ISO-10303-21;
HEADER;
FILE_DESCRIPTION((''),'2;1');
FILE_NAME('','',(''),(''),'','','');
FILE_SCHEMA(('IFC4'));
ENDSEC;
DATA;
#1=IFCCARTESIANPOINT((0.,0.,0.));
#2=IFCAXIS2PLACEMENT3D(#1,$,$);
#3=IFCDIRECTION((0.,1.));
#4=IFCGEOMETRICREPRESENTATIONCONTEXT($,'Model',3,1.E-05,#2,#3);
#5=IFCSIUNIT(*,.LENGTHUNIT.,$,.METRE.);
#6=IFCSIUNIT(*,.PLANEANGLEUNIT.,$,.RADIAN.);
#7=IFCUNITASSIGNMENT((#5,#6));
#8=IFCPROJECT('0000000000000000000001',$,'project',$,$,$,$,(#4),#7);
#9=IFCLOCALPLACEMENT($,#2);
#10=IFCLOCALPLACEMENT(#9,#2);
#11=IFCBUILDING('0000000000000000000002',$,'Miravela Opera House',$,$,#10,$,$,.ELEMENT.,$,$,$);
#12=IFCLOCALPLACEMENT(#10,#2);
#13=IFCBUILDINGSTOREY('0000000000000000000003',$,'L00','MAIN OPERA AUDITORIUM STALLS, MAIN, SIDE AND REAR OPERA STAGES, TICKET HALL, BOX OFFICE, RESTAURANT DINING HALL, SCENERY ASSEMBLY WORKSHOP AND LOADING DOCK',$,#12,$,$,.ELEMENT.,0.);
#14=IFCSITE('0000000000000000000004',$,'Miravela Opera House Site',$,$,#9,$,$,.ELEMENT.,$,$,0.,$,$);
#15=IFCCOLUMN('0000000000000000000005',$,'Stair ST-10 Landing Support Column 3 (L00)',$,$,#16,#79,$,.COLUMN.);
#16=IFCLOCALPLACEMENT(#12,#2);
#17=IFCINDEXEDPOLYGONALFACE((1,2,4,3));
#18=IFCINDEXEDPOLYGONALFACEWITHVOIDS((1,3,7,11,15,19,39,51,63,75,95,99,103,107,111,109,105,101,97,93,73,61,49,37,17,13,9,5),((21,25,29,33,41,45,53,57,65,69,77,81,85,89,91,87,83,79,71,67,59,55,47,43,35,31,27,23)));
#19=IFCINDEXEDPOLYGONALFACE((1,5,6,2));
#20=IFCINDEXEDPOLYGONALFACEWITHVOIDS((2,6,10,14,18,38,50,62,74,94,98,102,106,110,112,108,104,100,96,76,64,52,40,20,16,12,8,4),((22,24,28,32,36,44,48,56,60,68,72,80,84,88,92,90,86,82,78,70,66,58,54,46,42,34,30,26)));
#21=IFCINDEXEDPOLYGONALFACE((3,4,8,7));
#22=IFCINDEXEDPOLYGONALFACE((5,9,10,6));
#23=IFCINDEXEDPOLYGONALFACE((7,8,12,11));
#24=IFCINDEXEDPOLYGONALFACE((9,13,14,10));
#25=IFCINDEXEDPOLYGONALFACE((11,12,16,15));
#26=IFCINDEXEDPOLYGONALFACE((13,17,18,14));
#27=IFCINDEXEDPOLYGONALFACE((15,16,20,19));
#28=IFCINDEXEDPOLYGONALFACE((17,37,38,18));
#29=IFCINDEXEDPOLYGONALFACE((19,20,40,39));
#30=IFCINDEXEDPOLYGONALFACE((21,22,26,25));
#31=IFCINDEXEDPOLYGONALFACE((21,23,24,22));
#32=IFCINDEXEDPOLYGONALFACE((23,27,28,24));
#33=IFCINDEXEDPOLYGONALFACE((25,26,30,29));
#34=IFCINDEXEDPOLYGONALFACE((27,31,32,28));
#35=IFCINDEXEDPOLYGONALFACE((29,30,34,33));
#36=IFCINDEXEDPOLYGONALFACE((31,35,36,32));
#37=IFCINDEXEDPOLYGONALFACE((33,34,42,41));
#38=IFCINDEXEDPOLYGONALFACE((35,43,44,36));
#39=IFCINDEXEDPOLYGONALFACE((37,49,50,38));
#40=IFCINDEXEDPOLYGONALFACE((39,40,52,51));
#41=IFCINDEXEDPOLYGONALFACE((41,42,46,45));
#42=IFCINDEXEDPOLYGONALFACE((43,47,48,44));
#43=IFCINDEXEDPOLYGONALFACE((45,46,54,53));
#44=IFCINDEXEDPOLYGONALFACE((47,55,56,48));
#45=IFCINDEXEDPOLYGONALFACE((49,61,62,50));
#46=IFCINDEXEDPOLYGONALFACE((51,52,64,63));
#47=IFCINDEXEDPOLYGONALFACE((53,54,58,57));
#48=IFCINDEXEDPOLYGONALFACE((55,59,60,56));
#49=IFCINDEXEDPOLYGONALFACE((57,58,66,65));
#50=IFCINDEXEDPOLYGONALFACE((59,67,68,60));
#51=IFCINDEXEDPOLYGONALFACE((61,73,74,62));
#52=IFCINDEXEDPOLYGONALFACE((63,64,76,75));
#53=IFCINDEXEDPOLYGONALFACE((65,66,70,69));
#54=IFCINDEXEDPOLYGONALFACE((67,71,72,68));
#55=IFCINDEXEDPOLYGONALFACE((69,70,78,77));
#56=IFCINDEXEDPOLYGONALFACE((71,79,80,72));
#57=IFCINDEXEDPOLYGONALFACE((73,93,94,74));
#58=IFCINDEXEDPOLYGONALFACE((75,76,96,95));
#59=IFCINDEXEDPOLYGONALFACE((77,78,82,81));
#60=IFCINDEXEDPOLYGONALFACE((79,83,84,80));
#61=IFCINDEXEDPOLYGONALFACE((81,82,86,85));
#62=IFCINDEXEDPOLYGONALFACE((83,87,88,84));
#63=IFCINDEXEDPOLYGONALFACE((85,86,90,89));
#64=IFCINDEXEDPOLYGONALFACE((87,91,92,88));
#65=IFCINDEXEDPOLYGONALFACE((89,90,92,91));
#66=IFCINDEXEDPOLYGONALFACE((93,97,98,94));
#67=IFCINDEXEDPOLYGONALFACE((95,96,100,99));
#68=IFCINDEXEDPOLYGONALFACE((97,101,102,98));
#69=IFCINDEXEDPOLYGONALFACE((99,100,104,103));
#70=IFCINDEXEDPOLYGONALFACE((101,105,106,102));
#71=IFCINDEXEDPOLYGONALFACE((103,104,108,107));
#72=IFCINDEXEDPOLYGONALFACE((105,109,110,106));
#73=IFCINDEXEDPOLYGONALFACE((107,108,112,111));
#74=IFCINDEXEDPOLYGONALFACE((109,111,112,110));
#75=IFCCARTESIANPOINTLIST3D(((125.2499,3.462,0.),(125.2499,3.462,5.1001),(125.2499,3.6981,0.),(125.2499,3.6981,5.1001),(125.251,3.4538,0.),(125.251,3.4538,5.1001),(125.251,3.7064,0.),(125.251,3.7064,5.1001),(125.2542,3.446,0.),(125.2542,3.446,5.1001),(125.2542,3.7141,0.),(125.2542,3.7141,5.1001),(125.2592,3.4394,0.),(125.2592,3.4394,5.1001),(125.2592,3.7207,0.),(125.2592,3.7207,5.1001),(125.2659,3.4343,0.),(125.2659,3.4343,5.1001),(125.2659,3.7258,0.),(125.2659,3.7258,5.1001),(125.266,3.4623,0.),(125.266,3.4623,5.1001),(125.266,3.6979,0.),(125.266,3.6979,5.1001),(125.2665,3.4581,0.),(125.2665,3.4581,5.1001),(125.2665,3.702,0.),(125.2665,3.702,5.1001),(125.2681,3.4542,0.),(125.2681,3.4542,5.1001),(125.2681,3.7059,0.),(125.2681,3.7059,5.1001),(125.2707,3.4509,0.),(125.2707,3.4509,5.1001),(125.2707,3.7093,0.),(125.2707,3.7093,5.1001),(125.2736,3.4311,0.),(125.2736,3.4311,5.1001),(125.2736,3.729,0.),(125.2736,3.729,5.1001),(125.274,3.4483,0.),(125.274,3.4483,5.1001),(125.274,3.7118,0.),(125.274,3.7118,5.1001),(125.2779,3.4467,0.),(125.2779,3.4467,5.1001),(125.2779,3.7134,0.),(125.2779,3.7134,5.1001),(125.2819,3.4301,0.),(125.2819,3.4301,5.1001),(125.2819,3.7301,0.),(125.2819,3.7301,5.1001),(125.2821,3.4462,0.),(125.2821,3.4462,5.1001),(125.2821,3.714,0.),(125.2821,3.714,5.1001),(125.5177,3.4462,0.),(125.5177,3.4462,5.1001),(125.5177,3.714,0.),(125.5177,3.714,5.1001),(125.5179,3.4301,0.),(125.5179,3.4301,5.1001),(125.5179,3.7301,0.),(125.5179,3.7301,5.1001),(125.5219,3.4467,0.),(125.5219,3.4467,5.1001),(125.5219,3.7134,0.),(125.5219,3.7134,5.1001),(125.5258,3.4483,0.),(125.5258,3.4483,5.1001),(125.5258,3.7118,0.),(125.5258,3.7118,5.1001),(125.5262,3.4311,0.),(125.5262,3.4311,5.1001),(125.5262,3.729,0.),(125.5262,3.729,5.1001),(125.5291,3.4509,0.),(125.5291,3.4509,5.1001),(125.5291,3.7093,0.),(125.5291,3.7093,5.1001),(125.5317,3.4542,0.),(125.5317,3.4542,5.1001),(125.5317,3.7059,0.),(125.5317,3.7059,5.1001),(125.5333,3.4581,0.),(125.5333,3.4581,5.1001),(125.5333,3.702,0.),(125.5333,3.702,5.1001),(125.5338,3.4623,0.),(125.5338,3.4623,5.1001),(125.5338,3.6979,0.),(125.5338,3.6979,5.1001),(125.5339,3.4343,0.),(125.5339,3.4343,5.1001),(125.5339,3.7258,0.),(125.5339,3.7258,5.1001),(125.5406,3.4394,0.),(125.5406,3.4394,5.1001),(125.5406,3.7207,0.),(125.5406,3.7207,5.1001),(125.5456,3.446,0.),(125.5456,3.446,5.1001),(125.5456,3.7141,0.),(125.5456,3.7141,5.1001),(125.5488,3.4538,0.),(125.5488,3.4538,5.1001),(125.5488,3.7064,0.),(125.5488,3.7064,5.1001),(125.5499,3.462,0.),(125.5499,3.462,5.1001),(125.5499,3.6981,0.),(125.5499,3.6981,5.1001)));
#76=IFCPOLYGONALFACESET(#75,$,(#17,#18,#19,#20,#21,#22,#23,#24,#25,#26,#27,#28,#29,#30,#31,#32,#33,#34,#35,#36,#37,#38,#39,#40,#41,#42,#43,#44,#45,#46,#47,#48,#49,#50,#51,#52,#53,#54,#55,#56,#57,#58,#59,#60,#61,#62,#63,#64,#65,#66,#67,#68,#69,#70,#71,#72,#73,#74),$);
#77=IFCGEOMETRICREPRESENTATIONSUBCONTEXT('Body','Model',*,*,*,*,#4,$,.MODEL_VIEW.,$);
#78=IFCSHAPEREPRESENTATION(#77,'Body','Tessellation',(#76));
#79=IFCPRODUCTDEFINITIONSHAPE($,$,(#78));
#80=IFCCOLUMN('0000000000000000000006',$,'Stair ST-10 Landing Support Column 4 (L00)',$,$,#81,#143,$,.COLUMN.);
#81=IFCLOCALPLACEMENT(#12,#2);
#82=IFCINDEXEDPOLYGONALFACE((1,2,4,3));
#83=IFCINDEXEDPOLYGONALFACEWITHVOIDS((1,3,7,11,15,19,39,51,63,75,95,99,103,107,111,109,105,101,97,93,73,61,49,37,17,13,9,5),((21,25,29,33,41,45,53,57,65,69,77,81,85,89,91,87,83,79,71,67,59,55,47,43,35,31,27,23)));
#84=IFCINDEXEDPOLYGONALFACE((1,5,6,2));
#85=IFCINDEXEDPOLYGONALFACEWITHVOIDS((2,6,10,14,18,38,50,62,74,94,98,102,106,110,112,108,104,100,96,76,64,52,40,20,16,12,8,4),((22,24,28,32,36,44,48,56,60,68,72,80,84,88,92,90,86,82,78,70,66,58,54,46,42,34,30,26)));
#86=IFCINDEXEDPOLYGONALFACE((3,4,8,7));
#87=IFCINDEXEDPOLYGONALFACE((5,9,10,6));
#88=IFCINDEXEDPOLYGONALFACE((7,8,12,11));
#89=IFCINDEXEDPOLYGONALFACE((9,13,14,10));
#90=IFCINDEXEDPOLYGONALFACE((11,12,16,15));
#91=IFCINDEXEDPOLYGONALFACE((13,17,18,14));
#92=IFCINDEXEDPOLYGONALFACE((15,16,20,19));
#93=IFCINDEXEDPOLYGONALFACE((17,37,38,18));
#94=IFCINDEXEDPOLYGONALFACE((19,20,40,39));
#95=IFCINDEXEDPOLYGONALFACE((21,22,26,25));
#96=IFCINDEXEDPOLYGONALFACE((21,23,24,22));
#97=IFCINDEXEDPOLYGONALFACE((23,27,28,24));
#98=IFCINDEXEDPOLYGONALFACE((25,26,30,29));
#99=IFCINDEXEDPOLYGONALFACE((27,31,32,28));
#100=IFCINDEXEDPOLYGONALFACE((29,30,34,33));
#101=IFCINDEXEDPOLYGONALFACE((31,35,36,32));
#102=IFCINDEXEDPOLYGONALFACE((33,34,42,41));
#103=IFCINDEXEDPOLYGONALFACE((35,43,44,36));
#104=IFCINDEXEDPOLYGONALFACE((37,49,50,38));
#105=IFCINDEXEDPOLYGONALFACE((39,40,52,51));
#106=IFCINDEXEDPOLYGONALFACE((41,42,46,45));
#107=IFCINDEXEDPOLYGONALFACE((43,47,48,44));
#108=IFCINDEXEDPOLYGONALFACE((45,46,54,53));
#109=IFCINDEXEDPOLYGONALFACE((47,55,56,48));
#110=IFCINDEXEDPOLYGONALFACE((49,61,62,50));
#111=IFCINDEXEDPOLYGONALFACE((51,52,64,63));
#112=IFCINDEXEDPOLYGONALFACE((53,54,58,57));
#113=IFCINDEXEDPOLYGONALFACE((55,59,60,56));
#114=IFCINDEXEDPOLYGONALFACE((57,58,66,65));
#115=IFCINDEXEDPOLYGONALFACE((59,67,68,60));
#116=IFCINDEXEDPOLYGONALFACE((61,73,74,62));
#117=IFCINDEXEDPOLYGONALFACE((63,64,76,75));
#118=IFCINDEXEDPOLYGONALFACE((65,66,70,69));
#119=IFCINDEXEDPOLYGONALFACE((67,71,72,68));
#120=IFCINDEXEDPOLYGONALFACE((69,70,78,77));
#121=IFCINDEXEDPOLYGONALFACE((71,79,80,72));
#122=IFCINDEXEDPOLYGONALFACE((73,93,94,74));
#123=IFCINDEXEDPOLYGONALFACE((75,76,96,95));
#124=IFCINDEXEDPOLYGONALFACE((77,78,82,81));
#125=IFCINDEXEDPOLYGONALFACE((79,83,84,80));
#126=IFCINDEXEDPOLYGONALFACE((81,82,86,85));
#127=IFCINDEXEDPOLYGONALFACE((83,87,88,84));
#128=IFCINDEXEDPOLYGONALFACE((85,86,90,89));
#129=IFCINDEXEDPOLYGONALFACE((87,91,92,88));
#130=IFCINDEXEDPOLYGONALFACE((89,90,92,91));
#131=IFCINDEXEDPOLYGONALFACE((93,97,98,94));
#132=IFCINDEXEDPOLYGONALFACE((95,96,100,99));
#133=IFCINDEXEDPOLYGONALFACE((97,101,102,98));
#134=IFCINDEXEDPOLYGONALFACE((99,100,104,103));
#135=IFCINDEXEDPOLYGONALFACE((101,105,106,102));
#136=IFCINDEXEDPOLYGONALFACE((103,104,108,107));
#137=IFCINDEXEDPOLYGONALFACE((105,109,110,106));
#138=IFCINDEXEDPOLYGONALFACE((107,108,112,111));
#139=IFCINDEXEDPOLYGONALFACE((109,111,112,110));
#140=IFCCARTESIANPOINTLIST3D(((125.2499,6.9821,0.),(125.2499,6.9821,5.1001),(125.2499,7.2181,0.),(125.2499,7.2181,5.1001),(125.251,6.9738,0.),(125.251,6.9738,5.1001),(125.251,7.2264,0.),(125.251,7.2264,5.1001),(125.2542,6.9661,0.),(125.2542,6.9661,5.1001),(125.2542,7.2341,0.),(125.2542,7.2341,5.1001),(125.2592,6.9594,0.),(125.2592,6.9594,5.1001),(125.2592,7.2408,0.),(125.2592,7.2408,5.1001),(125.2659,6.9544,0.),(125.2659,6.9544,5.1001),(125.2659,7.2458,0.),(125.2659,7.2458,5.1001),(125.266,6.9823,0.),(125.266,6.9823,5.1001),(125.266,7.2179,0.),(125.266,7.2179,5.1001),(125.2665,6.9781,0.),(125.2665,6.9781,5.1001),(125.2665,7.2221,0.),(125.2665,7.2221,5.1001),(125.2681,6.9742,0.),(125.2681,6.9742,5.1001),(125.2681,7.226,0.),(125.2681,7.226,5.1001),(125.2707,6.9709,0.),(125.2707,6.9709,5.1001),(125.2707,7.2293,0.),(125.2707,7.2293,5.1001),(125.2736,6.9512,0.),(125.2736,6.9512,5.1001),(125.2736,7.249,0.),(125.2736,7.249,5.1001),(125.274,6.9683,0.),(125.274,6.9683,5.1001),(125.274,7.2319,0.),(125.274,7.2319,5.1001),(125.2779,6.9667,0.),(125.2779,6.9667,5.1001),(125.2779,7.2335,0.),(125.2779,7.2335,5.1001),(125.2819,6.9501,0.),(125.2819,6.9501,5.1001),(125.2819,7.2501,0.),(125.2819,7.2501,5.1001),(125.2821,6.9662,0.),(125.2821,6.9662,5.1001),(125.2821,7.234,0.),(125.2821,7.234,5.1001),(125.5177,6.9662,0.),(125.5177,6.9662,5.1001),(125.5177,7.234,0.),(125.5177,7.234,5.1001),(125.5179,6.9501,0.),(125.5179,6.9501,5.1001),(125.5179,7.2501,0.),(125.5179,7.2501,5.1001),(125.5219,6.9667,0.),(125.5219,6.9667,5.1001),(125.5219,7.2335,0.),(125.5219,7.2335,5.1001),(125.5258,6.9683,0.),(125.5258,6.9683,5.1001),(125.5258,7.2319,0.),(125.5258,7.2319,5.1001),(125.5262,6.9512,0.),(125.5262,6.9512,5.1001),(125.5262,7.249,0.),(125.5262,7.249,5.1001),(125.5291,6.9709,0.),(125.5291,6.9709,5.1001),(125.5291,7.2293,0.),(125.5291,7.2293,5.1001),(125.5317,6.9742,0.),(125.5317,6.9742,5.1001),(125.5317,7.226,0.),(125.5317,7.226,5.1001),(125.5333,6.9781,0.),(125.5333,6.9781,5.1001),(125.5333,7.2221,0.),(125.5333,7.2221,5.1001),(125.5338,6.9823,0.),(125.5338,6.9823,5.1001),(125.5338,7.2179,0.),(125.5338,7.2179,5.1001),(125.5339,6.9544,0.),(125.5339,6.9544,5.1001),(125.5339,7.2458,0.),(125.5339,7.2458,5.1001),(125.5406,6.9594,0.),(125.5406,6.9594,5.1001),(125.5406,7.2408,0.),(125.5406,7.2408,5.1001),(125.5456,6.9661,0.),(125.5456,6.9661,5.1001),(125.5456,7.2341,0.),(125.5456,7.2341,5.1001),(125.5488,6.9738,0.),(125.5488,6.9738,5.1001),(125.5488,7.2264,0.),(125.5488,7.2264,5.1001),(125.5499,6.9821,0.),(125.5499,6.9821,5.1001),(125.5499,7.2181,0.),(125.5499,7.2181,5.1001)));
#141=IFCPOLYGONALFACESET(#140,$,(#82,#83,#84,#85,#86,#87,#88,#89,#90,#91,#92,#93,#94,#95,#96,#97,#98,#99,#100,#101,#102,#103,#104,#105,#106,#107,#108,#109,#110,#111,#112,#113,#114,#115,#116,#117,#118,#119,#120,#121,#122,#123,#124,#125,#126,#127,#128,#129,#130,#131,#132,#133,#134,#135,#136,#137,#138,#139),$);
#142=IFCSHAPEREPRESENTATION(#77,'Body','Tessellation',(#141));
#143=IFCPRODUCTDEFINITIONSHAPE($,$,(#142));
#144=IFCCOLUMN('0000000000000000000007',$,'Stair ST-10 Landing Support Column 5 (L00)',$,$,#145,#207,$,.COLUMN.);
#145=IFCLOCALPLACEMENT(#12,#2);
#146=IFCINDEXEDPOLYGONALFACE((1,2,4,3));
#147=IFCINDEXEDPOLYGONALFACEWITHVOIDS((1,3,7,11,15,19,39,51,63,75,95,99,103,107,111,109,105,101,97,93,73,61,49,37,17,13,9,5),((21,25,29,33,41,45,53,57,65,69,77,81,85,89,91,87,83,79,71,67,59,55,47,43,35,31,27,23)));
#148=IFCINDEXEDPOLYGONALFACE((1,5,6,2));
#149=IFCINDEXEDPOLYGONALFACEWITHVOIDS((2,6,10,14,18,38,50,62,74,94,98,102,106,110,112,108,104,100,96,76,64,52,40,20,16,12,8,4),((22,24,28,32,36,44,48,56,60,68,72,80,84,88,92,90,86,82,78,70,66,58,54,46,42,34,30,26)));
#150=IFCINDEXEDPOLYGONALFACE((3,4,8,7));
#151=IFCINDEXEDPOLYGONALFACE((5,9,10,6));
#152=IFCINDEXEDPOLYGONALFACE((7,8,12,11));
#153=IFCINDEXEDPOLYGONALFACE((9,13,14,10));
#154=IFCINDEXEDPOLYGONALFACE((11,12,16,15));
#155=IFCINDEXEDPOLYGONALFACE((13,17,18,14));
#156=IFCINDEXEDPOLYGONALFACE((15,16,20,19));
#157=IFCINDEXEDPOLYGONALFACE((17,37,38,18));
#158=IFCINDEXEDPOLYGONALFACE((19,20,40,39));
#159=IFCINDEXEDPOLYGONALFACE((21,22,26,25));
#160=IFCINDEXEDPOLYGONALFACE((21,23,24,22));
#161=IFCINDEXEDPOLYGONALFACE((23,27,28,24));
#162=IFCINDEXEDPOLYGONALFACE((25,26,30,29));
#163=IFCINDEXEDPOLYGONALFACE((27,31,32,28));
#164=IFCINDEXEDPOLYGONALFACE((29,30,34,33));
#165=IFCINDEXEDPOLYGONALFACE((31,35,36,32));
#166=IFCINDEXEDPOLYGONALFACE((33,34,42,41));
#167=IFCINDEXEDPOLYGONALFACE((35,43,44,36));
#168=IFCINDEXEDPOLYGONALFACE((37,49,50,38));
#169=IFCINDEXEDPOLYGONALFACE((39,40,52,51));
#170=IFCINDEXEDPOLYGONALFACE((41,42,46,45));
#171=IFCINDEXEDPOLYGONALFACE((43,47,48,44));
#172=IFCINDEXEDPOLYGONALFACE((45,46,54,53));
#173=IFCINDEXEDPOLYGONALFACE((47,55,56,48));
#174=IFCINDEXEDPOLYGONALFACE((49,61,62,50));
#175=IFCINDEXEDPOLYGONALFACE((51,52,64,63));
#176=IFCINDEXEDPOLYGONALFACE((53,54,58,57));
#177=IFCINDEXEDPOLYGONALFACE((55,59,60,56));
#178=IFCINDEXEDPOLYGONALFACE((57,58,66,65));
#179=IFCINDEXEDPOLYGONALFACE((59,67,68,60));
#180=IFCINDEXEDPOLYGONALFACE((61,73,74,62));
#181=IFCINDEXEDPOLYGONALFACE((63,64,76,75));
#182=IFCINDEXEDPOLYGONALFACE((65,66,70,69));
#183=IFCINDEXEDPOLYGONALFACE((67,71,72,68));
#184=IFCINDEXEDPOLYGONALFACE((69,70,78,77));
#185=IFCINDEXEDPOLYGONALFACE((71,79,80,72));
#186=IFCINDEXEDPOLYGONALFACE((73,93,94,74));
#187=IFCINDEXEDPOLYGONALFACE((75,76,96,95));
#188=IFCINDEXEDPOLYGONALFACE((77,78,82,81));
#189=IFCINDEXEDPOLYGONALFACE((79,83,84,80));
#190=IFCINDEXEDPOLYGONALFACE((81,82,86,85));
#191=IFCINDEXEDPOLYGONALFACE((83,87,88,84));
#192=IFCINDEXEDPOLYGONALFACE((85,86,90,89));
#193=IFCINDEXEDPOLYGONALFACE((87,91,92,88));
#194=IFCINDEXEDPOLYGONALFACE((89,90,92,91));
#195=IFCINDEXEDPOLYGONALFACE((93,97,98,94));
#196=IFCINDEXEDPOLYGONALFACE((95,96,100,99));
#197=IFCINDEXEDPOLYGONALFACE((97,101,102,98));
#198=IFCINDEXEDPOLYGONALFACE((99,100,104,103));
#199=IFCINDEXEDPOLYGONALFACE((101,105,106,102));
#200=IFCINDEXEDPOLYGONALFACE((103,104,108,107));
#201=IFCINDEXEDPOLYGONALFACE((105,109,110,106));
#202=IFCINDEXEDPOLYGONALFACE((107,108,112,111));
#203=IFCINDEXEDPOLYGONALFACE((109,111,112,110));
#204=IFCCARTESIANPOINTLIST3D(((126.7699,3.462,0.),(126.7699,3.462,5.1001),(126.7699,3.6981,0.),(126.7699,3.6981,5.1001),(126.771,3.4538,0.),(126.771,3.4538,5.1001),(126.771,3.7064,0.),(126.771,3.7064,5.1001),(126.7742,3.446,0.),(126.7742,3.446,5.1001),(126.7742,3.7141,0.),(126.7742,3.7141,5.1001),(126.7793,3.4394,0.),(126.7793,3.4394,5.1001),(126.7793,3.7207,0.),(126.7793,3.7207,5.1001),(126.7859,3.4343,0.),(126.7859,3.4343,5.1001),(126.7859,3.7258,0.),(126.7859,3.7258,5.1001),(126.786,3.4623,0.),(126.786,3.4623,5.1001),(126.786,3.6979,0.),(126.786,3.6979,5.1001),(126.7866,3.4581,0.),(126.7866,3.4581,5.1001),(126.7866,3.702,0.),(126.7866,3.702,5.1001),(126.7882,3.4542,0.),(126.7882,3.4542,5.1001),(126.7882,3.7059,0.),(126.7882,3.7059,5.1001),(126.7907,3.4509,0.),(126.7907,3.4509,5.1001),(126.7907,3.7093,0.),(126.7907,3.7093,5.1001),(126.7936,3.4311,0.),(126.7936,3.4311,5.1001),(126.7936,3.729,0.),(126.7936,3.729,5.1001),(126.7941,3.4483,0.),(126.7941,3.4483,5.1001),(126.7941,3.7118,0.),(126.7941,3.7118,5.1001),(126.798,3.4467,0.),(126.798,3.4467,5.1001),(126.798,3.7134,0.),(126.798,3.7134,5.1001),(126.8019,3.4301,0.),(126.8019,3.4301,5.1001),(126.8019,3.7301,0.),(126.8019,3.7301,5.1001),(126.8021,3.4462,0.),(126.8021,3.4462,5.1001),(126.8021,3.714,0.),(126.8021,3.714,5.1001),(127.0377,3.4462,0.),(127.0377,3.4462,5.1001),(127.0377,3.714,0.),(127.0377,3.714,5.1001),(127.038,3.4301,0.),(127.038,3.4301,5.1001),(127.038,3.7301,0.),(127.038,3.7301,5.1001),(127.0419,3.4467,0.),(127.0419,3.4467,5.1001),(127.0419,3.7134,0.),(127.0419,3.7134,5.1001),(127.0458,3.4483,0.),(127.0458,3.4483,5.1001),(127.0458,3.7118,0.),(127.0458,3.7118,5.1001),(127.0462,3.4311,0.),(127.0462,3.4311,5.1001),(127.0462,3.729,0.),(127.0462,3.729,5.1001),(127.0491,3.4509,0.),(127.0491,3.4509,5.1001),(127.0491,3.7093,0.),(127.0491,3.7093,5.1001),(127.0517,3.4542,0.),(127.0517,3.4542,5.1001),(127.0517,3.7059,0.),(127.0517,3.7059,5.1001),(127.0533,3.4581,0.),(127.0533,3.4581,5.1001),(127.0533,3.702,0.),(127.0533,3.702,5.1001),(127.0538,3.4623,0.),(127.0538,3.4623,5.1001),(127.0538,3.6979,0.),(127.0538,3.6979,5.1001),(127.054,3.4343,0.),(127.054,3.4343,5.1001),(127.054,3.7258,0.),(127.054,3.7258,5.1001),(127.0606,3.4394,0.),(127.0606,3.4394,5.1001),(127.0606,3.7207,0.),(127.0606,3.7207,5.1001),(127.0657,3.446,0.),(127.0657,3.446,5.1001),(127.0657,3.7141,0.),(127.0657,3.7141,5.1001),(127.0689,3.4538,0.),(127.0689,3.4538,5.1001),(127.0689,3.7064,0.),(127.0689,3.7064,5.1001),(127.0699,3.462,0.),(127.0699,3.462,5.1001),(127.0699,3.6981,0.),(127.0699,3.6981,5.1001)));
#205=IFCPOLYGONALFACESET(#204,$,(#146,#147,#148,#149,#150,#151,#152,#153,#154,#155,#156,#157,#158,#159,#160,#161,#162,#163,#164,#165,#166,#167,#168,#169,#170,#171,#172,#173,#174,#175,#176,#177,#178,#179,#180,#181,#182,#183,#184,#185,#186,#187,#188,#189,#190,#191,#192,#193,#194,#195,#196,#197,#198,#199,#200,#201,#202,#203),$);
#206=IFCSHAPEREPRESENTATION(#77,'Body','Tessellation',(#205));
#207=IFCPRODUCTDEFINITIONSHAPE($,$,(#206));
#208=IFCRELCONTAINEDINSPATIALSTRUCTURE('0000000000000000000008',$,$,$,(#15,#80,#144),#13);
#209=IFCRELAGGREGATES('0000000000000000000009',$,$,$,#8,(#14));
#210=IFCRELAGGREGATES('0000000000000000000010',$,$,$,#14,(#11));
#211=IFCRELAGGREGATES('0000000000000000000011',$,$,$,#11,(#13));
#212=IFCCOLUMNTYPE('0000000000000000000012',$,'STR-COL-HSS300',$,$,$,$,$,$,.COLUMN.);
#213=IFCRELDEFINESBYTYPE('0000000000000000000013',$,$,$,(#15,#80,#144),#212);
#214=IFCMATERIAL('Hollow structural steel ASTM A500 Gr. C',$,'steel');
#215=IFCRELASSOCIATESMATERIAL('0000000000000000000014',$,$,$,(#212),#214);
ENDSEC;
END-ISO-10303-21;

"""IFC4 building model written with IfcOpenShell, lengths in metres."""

from ifc_helpers import new_model, si_unit, direction, frame, origin, origin_2d, place, context, subcontext, project, spatial, hollow_rectangle, extrude, material, material_profile, profile_set, type_object, element, save


model = new_model("IFC4")

# Units and contexts
model_context = context("Model", 3, precision=1e-05, world=origin(), true_north=direction((0.0, 1.0)))
body_context = subcontext(model_context, "Body", "Model", "MODEL_VIEW")
ifc_project = project(units=[si_unit("LENGTHUNIT", "METRE"), si_unit("PLANEANGLEUNIT", "RADIAN")], contexts=[model_context])

# Site, building, storey
site_placement = place(None, origin())
site = spatial("IfcSite", under=ifc_project, at=site_placement, Name="Miravela Opera House Site", CompositionType="ELEMENT", RefElevation=0.0)
building_placement = place(site_placement, origin())
building = spatial("IfcBuilding", under=site, at=building_placement, Name="Miravela Opera House", CompositionType="ELEMENT")
storey_placement = place(building_placement, origin())
storey = spatial("IfcBuildingStorey", under=building, at=storey_placement, Name="L00", Description="MAIN OPERA AUDITORIUM STALLS, MAIN, SIDE AND REAR OPERA STAGES, TICKET HALL, BOX OFFICE, RESTAURANT DINING HALL, SCENERY ASSEMBLY WORKSHOP AND LOADING DOCK", CompositionType="ELEMENT", Elevation=0.0)

# Columns
ifc_material_1 = material(Name="Hollow structural steel ASTM A500 Gr. C", Category="steel")
ifc_material_profile_1 = material_profile(ifc_material_1, hollow_rectangle(XDim=0.3, YDim=0.3, WallThickness=0.0161, InnerFilletRadius=0.0161, OuterFilletRadius=0.032, at=origin_2d()), Name="HSS300X300X16")
ifc_profile_set_1 = profile_set([ifc_material_profile_1])
column_type_1 = type_object("IfcColumnType", Name="STR-COL-HSS300", PredefinedType="COLUMN", material=ifc_profile_set_1)
for number, where, z_axis, x_axis, name in (
    (1, (125.3999, 3.5801, 0.0), (0.0, 0.0, 1.0), (1.0, 0.0, 0.0), "Stair ST-10 Landing Support Column 3 (L00)"),
    (2, (125.3999, 7.1001, 0.0), (0.0, 0.0, 1.0), (1.0, 0.0, 0.0), "Stair ST-10 Landing Support Column 4 (L00)"),
    (3, (126.9199, 3.5801, 0.0), (0.0, 0.0, 1.0), (1.0, 0.0, 0.0), "Stair ST-10 Landing Support Column 5 (L00)"),
):
    element("IfcColumn", number, at=place(storey_placement, frame(where, z_axis=z_axis, x_axis=x_axis)), inside=storey, type_object=column_type_1, Name=name, PredefinedType="COLUMN", context=body_context, shape_type="SweptSolid", body=[
        extrude(hollow_rectangle(XDim=0.3, YDim=0.3, WallThickness=0.0161, InnerFilletRadius=0.0161, OuterFilletRadius=0.032, at=origin_2d()), origin(), (0.0, 0.0, 1.0), 5.1001),
    ])

save(model, "model.ifc")
